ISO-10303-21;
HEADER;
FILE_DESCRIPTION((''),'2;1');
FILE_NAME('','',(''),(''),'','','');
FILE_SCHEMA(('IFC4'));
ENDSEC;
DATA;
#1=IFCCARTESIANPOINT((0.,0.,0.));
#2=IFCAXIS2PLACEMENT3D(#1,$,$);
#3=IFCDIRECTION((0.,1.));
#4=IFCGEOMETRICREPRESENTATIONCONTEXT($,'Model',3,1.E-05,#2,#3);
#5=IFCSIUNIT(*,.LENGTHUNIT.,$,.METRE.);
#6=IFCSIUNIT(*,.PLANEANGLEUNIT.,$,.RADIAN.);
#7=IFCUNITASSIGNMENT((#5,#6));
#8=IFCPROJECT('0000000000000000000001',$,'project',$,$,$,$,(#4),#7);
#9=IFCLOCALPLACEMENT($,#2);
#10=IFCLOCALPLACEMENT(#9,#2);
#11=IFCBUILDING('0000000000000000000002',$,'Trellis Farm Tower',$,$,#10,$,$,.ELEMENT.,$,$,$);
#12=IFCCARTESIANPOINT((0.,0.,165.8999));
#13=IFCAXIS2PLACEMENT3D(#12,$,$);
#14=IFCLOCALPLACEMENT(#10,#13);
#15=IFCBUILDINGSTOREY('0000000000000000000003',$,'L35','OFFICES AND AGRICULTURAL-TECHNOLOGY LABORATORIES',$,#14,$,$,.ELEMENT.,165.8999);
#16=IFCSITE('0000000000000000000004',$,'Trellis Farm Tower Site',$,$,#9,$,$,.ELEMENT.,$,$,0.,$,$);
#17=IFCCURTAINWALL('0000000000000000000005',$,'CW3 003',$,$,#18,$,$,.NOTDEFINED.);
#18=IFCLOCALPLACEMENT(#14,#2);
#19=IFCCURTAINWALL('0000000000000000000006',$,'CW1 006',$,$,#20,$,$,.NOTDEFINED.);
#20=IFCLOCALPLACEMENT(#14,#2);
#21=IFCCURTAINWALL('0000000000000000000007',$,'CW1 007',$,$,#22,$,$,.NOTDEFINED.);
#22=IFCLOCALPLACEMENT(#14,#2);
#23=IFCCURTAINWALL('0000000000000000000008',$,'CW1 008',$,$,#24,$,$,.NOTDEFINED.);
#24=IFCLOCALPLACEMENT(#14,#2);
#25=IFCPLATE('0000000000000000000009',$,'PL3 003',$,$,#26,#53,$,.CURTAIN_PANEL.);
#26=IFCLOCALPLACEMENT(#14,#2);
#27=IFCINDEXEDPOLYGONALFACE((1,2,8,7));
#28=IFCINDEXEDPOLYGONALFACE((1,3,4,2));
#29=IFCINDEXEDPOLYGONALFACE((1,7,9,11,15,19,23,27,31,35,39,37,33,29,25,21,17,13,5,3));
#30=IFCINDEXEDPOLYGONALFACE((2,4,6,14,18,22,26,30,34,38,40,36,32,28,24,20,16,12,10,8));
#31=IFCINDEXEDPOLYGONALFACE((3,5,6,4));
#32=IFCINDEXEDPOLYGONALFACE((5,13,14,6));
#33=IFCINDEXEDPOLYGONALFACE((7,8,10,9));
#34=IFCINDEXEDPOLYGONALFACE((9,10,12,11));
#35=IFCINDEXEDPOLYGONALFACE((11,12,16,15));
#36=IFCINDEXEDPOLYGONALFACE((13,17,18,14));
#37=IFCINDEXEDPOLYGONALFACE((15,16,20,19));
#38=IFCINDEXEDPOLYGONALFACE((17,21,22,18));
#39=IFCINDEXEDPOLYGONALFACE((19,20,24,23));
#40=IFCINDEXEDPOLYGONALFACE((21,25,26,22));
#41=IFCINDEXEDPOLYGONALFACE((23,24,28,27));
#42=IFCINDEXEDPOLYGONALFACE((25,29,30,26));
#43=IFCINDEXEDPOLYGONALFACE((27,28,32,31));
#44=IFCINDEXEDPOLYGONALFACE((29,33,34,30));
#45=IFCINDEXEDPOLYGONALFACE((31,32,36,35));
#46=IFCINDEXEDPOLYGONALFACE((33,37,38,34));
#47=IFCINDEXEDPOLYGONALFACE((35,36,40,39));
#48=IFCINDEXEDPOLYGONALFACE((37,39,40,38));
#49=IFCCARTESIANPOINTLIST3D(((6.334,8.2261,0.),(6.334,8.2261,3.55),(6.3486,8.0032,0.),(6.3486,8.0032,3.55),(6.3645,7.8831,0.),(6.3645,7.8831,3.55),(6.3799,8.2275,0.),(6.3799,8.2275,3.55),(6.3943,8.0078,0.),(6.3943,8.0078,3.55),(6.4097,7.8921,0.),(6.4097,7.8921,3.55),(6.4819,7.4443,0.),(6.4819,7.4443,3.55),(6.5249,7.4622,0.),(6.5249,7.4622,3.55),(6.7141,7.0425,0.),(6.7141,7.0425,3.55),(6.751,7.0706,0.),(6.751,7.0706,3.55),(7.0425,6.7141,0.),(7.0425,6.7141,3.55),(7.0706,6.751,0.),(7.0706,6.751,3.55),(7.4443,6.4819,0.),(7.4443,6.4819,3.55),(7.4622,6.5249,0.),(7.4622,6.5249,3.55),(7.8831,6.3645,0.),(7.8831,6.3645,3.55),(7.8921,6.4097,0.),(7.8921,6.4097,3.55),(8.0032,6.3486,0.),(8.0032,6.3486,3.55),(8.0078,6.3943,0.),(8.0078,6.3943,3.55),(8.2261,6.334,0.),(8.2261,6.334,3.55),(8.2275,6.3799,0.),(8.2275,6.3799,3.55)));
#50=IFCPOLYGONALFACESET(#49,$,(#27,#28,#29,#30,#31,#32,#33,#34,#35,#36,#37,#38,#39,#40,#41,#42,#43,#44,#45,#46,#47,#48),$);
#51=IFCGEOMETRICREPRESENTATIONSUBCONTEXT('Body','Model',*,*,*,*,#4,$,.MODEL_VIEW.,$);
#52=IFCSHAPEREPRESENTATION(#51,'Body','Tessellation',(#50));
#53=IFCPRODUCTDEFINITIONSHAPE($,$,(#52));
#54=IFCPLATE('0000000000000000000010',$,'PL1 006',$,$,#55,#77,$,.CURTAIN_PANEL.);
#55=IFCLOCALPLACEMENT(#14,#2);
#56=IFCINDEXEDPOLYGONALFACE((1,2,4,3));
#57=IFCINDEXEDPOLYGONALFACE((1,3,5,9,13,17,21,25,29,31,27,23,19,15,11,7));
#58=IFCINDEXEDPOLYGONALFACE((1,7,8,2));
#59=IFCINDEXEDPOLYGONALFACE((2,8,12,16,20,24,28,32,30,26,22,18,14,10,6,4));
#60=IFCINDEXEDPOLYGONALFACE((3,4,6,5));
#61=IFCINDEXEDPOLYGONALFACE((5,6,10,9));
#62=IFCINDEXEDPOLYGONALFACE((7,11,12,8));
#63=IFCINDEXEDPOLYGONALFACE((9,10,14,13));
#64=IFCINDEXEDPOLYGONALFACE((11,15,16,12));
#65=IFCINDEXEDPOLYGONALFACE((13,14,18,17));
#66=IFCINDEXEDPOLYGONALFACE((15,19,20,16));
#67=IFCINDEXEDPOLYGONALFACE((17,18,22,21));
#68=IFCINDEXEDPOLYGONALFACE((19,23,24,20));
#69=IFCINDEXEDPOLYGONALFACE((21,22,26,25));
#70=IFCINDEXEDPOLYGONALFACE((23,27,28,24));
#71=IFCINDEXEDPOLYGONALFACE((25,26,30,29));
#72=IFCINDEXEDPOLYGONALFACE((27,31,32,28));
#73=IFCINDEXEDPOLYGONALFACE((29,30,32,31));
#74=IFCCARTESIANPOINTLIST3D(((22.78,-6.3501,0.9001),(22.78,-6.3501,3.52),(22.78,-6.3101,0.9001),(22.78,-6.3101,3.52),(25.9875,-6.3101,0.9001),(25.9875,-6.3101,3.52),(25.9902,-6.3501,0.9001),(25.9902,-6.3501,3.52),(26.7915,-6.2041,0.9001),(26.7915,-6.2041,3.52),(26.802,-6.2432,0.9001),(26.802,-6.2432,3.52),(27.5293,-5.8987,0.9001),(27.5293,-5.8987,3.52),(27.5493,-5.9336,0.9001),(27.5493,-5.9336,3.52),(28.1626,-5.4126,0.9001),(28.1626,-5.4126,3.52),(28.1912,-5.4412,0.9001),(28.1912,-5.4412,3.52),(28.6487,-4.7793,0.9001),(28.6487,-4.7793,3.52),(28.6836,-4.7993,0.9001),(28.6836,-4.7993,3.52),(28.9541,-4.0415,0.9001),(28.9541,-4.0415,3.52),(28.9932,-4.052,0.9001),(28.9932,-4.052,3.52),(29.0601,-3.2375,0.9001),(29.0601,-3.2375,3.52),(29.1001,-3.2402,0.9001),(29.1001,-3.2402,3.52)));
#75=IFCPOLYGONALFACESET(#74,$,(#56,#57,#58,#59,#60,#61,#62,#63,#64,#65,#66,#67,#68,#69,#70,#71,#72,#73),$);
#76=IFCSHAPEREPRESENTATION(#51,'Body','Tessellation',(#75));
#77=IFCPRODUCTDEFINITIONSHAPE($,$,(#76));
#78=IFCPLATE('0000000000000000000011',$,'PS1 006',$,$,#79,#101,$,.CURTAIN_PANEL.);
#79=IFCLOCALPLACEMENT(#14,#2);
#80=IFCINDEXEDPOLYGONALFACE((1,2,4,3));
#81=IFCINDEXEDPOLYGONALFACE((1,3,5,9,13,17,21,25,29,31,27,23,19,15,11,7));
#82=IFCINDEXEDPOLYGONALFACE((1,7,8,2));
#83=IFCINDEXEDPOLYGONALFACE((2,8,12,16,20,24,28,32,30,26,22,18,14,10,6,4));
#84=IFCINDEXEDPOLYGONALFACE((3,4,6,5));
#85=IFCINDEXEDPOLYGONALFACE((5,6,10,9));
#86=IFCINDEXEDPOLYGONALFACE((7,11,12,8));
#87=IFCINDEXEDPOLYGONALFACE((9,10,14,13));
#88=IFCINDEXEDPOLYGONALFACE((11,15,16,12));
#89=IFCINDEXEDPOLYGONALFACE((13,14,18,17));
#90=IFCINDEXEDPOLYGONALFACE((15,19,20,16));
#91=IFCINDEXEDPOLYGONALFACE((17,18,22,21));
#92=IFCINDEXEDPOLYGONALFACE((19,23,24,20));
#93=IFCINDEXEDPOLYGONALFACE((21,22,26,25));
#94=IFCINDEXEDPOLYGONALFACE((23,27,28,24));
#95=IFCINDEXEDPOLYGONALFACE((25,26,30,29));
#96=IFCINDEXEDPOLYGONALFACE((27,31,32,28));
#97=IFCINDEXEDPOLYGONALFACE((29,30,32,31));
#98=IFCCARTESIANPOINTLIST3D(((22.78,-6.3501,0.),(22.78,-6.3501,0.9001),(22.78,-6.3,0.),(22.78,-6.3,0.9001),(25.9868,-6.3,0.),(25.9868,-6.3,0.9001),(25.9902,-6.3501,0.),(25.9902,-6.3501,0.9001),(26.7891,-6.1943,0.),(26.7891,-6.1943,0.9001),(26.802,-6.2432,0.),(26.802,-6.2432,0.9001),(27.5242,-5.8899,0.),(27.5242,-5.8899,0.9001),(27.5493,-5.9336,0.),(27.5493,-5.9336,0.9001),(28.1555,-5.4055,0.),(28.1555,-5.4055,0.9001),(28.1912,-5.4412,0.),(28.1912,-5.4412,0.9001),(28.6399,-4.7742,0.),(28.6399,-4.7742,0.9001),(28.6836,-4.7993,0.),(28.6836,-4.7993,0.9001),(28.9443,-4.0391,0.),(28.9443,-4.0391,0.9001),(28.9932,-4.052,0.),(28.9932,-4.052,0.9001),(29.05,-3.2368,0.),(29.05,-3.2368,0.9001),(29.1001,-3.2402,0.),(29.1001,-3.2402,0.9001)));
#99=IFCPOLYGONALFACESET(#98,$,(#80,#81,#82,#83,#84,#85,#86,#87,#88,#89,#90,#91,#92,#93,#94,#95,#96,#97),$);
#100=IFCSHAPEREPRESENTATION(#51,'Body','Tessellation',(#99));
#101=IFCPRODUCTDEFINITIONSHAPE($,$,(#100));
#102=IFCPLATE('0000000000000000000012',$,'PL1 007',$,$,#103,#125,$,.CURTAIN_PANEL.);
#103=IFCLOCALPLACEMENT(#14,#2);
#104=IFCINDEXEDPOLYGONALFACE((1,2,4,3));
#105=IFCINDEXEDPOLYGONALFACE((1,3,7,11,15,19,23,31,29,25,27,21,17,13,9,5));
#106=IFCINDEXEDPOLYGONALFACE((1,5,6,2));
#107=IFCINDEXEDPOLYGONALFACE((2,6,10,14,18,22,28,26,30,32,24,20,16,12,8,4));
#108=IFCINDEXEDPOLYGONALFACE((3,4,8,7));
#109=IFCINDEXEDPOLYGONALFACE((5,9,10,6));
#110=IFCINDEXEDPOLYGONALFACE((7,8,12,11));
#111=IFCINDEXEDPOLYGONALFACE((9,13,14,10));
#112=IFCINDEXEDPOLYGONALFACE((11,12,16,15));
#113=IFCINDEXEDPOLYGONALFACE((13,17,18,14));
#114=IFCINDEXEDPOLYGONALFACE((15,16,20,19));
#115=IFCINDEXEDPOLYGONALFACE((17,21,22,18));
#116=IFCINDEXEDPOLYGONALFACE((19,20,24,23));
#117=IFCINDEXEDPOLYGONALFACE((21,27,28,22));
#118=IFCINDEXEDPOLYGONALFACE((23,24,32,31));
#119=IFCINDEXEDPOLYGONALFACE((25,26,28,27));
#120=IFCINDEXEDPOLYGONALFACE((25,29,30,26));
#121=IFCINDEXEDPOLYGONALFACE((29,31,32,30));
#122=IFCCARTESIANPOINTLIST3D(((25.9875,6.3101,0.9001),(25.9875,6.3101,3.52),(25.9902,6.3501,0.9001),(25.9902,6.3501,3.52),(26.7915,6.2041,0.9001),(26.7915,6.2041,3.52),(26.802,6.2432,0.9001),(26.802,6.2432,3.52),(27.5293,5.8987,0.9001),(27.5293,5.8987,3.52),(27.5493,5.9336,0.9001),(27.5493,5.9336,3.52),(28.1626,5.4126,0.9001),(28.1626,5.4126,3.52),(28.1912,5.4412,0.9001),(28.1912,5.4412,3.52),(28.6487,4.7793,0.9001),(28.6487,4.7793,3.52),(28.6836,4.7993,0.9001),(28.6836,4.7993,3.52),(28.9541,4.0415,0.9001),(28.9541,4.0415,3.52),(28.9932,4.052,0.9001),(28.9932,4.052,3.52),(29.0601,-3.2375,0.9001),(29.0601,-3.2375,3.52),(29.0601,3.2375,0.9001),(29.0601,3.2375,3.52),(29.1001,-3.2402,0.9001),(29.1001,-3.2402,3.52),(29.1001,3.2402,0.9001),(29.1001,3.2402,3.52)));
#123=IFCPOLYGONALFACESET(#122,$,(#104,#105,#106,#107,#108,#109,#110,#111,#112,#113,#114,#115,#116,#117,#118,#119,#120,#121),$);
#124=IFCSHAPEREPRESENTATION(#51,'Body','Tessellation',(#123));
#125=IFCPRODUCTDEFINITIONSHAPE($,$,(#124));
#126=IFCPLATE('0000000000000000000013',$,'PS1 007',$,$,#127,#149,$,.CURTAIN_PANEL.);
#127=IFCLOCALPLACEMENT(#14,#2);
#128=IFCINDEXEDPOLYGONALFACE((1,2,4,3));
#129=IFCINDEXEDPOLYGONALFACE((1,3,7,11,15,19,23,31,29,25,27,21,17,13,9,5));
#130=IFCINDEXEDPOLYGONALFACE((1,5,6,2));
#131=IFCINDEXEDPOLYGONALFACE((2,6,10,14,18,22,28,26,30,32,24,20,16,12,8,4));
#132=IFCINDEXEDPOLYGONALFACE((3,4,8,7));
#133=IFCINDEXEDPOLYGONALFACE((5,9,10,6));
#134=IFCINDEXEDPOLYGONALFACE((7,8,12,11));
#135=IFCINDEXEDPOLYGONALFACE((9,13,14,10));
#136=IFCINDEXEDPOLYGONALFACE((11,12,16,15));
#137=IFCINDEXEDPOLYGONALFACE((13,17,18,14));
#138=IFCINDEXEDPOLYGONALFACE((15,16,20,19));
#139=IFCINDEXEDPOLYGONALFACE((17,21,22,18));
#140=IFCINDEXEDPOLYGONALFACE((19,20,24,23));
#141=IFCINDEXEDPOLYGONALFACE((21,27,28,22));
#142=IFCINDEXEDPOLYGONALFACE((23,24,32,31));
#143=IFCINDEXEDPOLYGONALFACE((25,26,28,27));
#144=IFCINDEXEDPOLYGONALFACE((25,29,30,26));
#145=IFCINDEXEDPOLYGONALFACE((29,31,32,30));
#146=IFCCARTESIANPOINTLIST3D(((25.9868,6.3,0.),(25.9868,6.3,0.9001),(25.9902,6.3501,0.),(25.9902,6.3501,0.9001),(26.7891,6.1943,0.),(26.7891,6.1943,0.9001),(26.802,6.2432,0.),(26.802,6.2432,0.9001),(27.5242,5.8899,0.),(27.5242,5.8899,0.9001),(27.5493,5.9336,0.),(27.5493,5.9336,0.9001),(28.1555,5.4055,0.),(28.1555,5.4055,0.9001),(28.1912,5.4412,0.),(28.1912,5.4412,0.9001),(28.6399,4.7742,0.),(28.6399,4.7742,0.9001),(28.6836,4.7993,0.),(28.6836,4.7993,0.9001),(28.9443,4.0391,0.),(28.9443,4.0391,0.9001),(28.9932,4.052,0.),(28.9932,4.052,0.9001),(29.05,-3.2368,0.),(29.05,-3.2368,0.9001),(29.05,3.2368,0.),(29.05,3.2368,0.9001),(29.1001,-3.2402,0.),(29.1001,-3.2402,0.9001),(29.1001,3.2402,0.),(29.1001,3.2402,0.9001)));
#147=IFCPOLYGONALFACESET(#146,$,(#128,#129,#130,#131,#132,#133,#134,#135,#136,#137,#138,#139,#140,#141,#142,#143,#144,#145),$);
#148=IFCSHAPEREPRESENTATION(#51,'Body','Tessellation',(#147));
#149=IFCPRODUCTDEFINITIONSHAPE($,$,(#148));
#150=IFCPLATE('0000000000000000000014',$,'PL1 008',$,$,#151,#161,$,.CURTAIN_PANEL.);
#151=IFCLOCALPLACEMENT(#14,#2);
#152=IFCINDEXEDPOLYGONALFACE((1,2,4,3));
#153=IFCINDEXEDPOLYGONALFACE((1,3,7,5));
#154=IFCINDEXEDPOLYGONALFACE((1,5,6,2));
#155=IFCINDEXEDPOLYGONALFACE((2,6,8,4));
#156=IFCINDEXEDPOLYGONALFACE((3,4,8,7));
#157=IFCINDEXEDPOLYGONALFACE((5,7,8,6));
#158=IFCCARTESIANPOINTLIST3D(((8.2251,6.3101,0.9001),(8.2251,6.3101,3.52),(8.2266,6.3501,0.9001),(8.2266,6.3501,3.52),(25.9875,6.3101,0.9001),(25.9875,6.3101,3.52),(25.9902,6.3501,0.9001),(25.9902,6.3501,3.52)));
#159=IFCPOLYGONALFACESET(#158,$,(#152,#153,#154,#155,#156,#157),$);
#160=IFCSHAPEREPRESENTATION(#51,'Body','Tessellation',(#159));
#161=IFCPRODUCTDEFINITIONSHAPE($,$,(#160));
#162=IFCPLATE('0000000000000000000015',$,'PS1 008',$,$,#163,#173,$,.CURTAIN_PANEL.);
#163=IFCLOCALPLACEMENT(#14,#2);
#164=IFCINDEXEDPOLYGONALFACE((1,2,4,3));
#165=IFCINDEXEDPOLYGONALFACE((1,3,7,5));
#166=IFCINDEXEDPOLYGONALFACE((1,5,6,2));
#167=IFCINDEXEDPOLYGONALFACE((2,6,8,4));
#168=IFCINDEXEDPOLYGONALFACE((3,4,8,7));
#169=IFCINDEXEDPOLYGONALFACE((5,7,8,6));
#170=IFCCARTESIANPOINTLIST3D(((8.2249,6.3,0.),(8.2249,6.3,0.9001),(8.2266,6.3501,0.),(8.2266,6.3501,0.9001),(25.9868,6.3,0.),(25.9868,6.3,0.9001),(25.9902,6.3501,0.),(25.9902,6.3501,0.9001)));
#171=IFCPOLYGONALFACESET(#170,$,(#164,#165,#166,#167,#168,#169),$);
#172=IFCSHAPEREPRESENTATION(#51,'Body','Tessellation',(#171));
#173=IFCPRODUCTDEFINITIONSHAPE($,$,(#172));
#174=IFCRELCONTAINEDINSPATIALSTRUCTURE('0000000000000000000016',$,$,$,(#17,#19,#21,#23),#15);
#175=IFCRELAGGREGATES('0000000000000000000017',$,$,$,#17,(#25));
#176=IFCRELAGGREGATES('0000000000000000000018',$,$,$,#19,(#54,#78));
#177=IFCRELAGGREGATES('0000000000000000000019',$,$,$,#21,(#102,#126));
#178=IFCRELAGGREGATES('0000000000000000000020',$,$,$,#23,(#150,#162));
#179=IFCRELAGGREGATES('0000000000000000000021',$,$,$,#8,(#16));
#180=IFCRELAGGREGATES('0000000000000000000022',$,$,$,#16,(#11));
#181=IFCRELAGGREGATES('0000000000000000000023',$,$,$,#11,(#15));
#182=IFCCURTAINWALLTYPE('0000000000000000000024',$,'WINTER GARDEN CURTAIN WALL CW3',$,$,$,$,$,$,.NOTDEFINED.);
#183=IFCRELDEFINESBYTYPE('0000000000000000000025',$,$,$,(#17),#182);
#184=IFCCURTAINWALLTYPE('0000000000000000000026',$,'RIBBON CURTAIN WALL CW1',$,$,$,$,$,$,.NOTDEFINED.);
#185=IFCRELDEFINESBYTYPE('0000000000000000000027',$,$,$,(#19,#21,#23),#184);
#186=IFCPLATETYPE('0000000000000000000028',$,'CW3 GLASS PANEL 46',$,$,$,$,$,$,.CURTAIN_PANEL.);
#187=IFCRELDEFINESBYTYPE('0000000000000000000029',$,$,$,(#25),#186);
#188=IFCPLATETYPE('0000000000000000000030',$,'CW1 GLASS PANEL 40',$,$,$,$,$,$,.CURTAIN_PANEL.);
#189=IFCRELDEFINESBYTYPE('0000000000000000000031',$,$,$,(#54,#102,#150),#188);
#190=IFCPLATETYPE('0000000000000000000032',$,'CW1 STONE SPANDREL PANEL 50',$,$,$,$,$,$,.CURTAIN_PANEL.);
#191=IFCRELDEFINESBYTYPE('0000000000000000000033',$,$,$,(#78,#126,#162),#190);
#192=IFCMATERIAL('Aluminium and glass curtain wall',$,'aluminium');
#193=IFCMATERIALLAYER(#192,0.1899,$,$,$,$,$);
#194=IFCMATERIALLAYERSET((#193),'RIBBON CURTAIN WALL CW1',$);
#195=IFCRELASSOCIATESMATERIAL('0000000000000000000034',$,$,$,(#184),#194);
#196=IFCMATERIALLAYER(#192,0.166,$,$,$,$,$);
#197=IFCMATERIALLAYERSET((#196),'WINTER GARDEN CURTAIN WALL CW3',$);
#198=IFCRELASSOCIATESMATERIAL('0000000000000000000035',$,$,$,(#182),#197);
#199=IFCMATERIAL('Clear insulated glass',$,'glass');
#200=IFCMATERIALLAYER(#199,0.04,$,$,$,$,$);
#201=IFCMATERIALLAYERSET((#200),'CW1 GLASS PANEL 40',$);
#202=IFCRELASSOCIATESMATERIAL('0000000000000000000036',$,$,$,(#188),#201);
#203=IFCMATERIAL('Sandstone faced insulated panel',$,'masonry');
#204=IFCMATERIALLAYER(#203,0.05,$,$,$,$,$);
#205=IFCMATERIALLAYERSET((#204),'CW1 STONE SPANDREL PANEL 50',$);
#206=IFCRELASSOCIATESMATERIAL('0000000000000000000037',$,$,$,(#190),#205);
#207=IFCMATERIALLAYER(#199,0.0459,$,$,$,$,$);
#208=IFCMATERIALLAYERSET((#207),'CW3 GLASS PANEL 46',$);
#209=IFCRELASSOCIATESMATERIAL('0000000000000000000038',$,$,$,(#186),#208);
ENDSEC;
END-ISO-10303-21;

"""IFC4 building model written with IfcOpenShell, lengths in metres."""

from ifc_helpers import new_model, si_unit, direction, frame, origin, place, context, subcontext, project, spatial, polyline, outline, extrude, source, transform, mapped, material, layer, layer_set, type_object, element, aggregate, save


model = new_model("IFC4")

# Units and contexts
model_context = context("Model", 3, precision=1e-05, world=origin(), true_north=direction((0.0, 1.0)))
body_context = subcontext(model_context, "Body", "Model", "MODEL_VIEW")
ifc_project = project(units=[si_unit("LENGTHUNIT", "METRE"), si_unit("PLANEANGLEUNIT", "RADIAN")], contexts=[model_context])

# Site, building, storey
site_placement = place(None, origin())
site = spatial("IfcSite", under=ifc_project, at=site_placement, Name="Trellis Farm Tower Site", CompositionType="ELEMENT", RefElevation=0.0)
building_placement = place(site_placement, origin())
building = spatial("IfcBuilding", under=site, at=building_placement, Name="Trellis Farm Tower", CompositionType="ELEMENT")
storey_placement = place(building_placement, frame((0.0, 0.0, 165.8999)))
storey = spatial("IfcBuildingStorey", under=building, at=storey_placement, Name="L35", Description="OFFICES AND AGRICULTURAL-TECHNOLOGY LABORATORIES", CompositionType="ELEMENT", Elevation=165.8999)

# Shared definitions
ifc_material_1 = material(Name="Aluminium and glass curtain wall", Category="aluminium")
ifc_layer_1 = layer(ifc_material_1, 0.1899)
ifc_layer_set_1 = layer_set([ifc_layer_1], Name="RIBBON CURTAIN WALL CW1")
curtain_wall_type_1 = type_object("IfcCurtainWallType", Name="RIBBON CURTAIN WALL CW1", PredefinedType="NOTDEFINED", material=ifc_layer_set_1)
placement_1 = place(storey_placement, origin())

# Curtain walls
ifc_layer_2 = layer(ifc_material_1, 0.166)
ifc_layer_set_2 = layer_set([ifc_layer_2], Name="WINTER GARDEN CURTAIN WALL CW3")
curtain_wall_type_2 = type_object("IfcCurtainWallType", Name="WINTER GARDEN CURTAIN WALL CW3", PredefinedType="NOTDEFINED", material=ifc_layer_set_2)
curtain_wall_1 = element("IfcCurtainWall", 1, at=placement_1, inside=storey, type_object=curtain_wall_type_2, Name="CW3 003", PredefinedType="NOTDEFINED")
curtain_wall_2 = element("IfcCurtainWall", 2, at=placement_1, inside=storey, type_object=curtain_wall_type_1, Name="CW1 006", PredefinedType="NOTDEFINED")
curtain_wall_3 = element("IfcCurtainWall", 3, at=placement_1, inside=storey, type_object=curtain_wall_type_1, Name="CW1 007", PredefinedType="NOTDEFINED")
curtain_wall_4 = element("IfcCurtainWall", 4, at=placement_1, inside=storey, type_object=curtain_wall_type_1, Name="CW1 008", PredefinedType="NOTDEFINED")

# Plates
ifc_material_2 = material(Name="Clear insulated glass", Category="glass")
ifc_layer_3 = layer(ifc_material_2, 0.04)
ifc_layer_set_3 = layer_set([ifc_layer_3], Name="CW1 GLASS PANEL 40")
plate_type_1 = type_object("IfcPlateType", Name="CW1 GLASS PANEL 40", PredefinedType="CURTAIN_PANEL", material=ifc_layer_set_3)
placement_2 = place(storey_placement, frame((0.0, 0.0, 0.9001)))
ifc_material_3 = material(Name="Sandstone faced insulated panel", Category="masonry")
ifc_layer_4 = layer(ifc_material_3, 0.05)
ifc_layer_set_4 = layer_set([ifc_layer_4], Name="CW1 STONE SPANDREL PANEL 50")
plate_type_2 = type_object("IfcPlateType", Name="CW1 STONE SPANDREL PANEL 50", PredefinedType="CURTAIN_PANEL", material=ifc_layer_set_4)
ifc_layer_5 = layer(ifc_material_2, 0.0459)
ifc_layer_set_5 = layer_set([ifc_layer_5], Name="CW3 GLASS PANEL 46")
plate_type_3 = type_object("IfcPlateType", Name="CW3 GLASS PANEL 46", PredefinedType="CURTAIN_PANEL", material=ifc_layer_set_5)
shared_shape_1 = source(origin(), body_context, "Body", "SweptSolid", [
    extrude(outline(polyline([(8.2275, 6.3799), (8.0078, 6.3943), (7.8921, 6.4097), (7.4622, 6.5249), (7.0706, 6.751), (6.751, 7.0706), (6.5249, 7.4622), (6.4097, 7.8921), (6.3943, 8.0078), (6.3799, 8.2275), (6.334, 8.2261), (6.3486, 8.0032), (6.3645, 7.8831), (6.4819, 7.4443), (6.7141, 7.0425), (7.0425, 6.7141), (7.4443, 6.4819), (7.8831, 6.3645), (8.0032, 6.3486), (8.2261, 6.334), (8.2275, 6.3799)])), origin(), (0.0, 0.0, 1.0), 3.55),
])
plate_1 = element("IfcPlate", 5, at=placement_1, type_object=plate_type_3, Name="PL3 003", PredefinedType="CURTAIN_PANEL", context=body_context, shape_type="MappedRepresentation", body=[
    mapped(shared_shape_1, transform((0.0, 0.0, 0.0))),
])
aggregate(curtain_wall_1, [plate_1])
shared_shape_2 = source(origin(), body_context, "Body", "SweptSolid", [
    extrude(outline(polyline([(22.78, -6.3501), (25.9902, -6.3501), (26.802, -6.2432), (27.5493, -5.9336), (28.1912, -5.4412), (28.6836, -4.7993), (28.9932, -4.052), (29.1001, -3.2402), (29.0601, -3.2375), (28.9541, -4.0415), (28.6487, -4.7793), (28.1626, -5.4126), (27.5293, -5.8987), (26.7915, -6.2041), (25.9875, -6.3101), (22.78, -6.3101), (22.78, -6.3501)])), origin(), (0.0, 0.0, 1.0), 2.6199),
])
plate_2 = element("IfcPlate", 6, at=placement_2, type_object=plate_type_1, Name="PL1 006", PredefinedType="CURTAIN_PANEL", context=body_context, shape_type="MappedRepresentation", body=[
    mapped(shared_shape_2, transform((0.0, 0.0, 0.0))),
])
shared_shape_3 = source(origin(), body_context, "Body", "SweptSolid", [
    extrude(outline(polyline([(22.78, -6.3501), (25.9902, -6.3501), (26.802, -6.2432), (27.5493, -5.9336), (28.1912, -5.4412), (28.6836, -4.7993), (28.9932, -4.052), (29.1001, -3.2402), (29.05, -3.2368), (28.9443, -4.0391), (28.6399, -4.7742), (28.1555, -5.4055), (27.5242, -5.8899), (26.7891, -6.1943), (25.9868, -6.3), (22.78, -6.3), (22.78, -6.3501)])), origin(), (0.0, 0.0, 1.0), 0.9001),
])
plate_3 = element("IfcPlate", 7, at=placement_1, type_object=plate_type_2, Name="PS1 006", PredefinedType="CURTAIN_PANEL", context=body_context, shape_type="MappedRepresentation", body=[
    mapped(shared_shape_3, transform((0.0, 0.0, 0.0))),
])
aggregate(curtain_wall_2, [plate_2, plate_3])
shared_shape_4 = source(origin(), body_context, "Body", "SweptSolid", [
    extrude(outline(polyline([(29.1001, -3.2402), (29.1001, 3.2402), (28.9932, 4.052), (28.6836, 4.7993), (28.1912, 5.4412), (27.5493, 5.9336), (26.802, 6.2432), (25.9902, 6.3501), (25.9875, 6.3101), (26.7915, 6.2041), (27.5293, 5.8987), (28.1626, 5.4126), (28.6487, 4.7793), (28.9541, 4.0415), (29.0601, 3.2375), (29.0601, -3.2375), (29.1001, -3.2402)])), origin(), (0.0, 0.0, 1.0), 2.6199),
])
plate_4 = element("IfcPlate", 8, at=placement_2, type_object=plate_type_1, Name="PL1 007", PredefinedType="CURTAIN_PANEL", context=body_context, shape_type="MappedRepresentation", body=[
    mapped(shared_shape_4, transform((0.0, 0.0, 0.0))),
])
shared_shape_5 = source(origin(), body_context, "Body", "SweptSolid", [
    extrude(outline(polyline([(29.1001, -3.2402), (29.1001, 3.2402), (28.9932, 4.052), (28.6836, 4.7993), (28.1912, 5.4412), (27.5493, 5.9336), (26.802, 6.2432), (25.9902, 6.3501), (25.9868, 6.3), (26.7891, 6.1943), (27.5242, 5.8899), (28.1555, 5.4055), (28.6399, 4.7742), (28.9443, 4.0391), (29.05, 3.2368), (29.05, -3.2368), (29.1001, -3.2402)])), origin(), (0.0, 0.0, 1.0), 0.9001),
])
plate_5 = element("IfcPlate", 9, at=placement_1, type_object=plate_type_2, Name="PS1 007", PredefinedType="CURTAIN_PANEL", context=body_context, shape_type="MappedRepresentation", body=[
    mapped(shared_shape_5, transform((0.0, 0.0, 0.0))),
])
aggregate(curtain_wall_3, [plate_4, plate_5])
shared_shape_6 = source(origin(), body_context, "Body", "SweptSolid", [
    extrude(outline(polyline([(25.9902, 6.3501), (8.2266, 6.3501), (8.2251, 6.3101), (25.9875, 6.3101), (25.9902, 6.3501)])), origin(), (0.0, 0.0, 1.0), 2.6199),
])
plate_6 = element("IfcPlate", 10, at=placement_2, type_object=plate_type_1, Name="PL1 008", PredefinedType="CURTAIN_PANEL", context=body_context, shape_type="MappedRepresentation", body=[
    mapped(shared_shape_6, transform((0.0, 0.0, 0.0))),
])
shared_shape_7 = source(origin(), body_context, "Body", "SweptSolid", [
    extrude(outline(polyline([(25.9902, 6.3501), (8.2266, 6.3501), (8.2249, 6.3), (25.9868, 6.3), (25.9902, 6.3501)])), origin(), (0.0, 0.0, 1.0), 0.9001),
])
plate_7 = element("IfcPlate", 11, at=placement_1, type_object=plate_type_2, Name="PS1 008", PredefinedType="CURTAIN_PANEL", context=body_context, shape_type="MappedRepresentation", body=[
    mapped(shared_shape_7, transform((0.0, 0.0, 0.0))),
])
aggregate(curtain_wall_4, [plate_6, plate_7])

save(model, "model.ifc")
